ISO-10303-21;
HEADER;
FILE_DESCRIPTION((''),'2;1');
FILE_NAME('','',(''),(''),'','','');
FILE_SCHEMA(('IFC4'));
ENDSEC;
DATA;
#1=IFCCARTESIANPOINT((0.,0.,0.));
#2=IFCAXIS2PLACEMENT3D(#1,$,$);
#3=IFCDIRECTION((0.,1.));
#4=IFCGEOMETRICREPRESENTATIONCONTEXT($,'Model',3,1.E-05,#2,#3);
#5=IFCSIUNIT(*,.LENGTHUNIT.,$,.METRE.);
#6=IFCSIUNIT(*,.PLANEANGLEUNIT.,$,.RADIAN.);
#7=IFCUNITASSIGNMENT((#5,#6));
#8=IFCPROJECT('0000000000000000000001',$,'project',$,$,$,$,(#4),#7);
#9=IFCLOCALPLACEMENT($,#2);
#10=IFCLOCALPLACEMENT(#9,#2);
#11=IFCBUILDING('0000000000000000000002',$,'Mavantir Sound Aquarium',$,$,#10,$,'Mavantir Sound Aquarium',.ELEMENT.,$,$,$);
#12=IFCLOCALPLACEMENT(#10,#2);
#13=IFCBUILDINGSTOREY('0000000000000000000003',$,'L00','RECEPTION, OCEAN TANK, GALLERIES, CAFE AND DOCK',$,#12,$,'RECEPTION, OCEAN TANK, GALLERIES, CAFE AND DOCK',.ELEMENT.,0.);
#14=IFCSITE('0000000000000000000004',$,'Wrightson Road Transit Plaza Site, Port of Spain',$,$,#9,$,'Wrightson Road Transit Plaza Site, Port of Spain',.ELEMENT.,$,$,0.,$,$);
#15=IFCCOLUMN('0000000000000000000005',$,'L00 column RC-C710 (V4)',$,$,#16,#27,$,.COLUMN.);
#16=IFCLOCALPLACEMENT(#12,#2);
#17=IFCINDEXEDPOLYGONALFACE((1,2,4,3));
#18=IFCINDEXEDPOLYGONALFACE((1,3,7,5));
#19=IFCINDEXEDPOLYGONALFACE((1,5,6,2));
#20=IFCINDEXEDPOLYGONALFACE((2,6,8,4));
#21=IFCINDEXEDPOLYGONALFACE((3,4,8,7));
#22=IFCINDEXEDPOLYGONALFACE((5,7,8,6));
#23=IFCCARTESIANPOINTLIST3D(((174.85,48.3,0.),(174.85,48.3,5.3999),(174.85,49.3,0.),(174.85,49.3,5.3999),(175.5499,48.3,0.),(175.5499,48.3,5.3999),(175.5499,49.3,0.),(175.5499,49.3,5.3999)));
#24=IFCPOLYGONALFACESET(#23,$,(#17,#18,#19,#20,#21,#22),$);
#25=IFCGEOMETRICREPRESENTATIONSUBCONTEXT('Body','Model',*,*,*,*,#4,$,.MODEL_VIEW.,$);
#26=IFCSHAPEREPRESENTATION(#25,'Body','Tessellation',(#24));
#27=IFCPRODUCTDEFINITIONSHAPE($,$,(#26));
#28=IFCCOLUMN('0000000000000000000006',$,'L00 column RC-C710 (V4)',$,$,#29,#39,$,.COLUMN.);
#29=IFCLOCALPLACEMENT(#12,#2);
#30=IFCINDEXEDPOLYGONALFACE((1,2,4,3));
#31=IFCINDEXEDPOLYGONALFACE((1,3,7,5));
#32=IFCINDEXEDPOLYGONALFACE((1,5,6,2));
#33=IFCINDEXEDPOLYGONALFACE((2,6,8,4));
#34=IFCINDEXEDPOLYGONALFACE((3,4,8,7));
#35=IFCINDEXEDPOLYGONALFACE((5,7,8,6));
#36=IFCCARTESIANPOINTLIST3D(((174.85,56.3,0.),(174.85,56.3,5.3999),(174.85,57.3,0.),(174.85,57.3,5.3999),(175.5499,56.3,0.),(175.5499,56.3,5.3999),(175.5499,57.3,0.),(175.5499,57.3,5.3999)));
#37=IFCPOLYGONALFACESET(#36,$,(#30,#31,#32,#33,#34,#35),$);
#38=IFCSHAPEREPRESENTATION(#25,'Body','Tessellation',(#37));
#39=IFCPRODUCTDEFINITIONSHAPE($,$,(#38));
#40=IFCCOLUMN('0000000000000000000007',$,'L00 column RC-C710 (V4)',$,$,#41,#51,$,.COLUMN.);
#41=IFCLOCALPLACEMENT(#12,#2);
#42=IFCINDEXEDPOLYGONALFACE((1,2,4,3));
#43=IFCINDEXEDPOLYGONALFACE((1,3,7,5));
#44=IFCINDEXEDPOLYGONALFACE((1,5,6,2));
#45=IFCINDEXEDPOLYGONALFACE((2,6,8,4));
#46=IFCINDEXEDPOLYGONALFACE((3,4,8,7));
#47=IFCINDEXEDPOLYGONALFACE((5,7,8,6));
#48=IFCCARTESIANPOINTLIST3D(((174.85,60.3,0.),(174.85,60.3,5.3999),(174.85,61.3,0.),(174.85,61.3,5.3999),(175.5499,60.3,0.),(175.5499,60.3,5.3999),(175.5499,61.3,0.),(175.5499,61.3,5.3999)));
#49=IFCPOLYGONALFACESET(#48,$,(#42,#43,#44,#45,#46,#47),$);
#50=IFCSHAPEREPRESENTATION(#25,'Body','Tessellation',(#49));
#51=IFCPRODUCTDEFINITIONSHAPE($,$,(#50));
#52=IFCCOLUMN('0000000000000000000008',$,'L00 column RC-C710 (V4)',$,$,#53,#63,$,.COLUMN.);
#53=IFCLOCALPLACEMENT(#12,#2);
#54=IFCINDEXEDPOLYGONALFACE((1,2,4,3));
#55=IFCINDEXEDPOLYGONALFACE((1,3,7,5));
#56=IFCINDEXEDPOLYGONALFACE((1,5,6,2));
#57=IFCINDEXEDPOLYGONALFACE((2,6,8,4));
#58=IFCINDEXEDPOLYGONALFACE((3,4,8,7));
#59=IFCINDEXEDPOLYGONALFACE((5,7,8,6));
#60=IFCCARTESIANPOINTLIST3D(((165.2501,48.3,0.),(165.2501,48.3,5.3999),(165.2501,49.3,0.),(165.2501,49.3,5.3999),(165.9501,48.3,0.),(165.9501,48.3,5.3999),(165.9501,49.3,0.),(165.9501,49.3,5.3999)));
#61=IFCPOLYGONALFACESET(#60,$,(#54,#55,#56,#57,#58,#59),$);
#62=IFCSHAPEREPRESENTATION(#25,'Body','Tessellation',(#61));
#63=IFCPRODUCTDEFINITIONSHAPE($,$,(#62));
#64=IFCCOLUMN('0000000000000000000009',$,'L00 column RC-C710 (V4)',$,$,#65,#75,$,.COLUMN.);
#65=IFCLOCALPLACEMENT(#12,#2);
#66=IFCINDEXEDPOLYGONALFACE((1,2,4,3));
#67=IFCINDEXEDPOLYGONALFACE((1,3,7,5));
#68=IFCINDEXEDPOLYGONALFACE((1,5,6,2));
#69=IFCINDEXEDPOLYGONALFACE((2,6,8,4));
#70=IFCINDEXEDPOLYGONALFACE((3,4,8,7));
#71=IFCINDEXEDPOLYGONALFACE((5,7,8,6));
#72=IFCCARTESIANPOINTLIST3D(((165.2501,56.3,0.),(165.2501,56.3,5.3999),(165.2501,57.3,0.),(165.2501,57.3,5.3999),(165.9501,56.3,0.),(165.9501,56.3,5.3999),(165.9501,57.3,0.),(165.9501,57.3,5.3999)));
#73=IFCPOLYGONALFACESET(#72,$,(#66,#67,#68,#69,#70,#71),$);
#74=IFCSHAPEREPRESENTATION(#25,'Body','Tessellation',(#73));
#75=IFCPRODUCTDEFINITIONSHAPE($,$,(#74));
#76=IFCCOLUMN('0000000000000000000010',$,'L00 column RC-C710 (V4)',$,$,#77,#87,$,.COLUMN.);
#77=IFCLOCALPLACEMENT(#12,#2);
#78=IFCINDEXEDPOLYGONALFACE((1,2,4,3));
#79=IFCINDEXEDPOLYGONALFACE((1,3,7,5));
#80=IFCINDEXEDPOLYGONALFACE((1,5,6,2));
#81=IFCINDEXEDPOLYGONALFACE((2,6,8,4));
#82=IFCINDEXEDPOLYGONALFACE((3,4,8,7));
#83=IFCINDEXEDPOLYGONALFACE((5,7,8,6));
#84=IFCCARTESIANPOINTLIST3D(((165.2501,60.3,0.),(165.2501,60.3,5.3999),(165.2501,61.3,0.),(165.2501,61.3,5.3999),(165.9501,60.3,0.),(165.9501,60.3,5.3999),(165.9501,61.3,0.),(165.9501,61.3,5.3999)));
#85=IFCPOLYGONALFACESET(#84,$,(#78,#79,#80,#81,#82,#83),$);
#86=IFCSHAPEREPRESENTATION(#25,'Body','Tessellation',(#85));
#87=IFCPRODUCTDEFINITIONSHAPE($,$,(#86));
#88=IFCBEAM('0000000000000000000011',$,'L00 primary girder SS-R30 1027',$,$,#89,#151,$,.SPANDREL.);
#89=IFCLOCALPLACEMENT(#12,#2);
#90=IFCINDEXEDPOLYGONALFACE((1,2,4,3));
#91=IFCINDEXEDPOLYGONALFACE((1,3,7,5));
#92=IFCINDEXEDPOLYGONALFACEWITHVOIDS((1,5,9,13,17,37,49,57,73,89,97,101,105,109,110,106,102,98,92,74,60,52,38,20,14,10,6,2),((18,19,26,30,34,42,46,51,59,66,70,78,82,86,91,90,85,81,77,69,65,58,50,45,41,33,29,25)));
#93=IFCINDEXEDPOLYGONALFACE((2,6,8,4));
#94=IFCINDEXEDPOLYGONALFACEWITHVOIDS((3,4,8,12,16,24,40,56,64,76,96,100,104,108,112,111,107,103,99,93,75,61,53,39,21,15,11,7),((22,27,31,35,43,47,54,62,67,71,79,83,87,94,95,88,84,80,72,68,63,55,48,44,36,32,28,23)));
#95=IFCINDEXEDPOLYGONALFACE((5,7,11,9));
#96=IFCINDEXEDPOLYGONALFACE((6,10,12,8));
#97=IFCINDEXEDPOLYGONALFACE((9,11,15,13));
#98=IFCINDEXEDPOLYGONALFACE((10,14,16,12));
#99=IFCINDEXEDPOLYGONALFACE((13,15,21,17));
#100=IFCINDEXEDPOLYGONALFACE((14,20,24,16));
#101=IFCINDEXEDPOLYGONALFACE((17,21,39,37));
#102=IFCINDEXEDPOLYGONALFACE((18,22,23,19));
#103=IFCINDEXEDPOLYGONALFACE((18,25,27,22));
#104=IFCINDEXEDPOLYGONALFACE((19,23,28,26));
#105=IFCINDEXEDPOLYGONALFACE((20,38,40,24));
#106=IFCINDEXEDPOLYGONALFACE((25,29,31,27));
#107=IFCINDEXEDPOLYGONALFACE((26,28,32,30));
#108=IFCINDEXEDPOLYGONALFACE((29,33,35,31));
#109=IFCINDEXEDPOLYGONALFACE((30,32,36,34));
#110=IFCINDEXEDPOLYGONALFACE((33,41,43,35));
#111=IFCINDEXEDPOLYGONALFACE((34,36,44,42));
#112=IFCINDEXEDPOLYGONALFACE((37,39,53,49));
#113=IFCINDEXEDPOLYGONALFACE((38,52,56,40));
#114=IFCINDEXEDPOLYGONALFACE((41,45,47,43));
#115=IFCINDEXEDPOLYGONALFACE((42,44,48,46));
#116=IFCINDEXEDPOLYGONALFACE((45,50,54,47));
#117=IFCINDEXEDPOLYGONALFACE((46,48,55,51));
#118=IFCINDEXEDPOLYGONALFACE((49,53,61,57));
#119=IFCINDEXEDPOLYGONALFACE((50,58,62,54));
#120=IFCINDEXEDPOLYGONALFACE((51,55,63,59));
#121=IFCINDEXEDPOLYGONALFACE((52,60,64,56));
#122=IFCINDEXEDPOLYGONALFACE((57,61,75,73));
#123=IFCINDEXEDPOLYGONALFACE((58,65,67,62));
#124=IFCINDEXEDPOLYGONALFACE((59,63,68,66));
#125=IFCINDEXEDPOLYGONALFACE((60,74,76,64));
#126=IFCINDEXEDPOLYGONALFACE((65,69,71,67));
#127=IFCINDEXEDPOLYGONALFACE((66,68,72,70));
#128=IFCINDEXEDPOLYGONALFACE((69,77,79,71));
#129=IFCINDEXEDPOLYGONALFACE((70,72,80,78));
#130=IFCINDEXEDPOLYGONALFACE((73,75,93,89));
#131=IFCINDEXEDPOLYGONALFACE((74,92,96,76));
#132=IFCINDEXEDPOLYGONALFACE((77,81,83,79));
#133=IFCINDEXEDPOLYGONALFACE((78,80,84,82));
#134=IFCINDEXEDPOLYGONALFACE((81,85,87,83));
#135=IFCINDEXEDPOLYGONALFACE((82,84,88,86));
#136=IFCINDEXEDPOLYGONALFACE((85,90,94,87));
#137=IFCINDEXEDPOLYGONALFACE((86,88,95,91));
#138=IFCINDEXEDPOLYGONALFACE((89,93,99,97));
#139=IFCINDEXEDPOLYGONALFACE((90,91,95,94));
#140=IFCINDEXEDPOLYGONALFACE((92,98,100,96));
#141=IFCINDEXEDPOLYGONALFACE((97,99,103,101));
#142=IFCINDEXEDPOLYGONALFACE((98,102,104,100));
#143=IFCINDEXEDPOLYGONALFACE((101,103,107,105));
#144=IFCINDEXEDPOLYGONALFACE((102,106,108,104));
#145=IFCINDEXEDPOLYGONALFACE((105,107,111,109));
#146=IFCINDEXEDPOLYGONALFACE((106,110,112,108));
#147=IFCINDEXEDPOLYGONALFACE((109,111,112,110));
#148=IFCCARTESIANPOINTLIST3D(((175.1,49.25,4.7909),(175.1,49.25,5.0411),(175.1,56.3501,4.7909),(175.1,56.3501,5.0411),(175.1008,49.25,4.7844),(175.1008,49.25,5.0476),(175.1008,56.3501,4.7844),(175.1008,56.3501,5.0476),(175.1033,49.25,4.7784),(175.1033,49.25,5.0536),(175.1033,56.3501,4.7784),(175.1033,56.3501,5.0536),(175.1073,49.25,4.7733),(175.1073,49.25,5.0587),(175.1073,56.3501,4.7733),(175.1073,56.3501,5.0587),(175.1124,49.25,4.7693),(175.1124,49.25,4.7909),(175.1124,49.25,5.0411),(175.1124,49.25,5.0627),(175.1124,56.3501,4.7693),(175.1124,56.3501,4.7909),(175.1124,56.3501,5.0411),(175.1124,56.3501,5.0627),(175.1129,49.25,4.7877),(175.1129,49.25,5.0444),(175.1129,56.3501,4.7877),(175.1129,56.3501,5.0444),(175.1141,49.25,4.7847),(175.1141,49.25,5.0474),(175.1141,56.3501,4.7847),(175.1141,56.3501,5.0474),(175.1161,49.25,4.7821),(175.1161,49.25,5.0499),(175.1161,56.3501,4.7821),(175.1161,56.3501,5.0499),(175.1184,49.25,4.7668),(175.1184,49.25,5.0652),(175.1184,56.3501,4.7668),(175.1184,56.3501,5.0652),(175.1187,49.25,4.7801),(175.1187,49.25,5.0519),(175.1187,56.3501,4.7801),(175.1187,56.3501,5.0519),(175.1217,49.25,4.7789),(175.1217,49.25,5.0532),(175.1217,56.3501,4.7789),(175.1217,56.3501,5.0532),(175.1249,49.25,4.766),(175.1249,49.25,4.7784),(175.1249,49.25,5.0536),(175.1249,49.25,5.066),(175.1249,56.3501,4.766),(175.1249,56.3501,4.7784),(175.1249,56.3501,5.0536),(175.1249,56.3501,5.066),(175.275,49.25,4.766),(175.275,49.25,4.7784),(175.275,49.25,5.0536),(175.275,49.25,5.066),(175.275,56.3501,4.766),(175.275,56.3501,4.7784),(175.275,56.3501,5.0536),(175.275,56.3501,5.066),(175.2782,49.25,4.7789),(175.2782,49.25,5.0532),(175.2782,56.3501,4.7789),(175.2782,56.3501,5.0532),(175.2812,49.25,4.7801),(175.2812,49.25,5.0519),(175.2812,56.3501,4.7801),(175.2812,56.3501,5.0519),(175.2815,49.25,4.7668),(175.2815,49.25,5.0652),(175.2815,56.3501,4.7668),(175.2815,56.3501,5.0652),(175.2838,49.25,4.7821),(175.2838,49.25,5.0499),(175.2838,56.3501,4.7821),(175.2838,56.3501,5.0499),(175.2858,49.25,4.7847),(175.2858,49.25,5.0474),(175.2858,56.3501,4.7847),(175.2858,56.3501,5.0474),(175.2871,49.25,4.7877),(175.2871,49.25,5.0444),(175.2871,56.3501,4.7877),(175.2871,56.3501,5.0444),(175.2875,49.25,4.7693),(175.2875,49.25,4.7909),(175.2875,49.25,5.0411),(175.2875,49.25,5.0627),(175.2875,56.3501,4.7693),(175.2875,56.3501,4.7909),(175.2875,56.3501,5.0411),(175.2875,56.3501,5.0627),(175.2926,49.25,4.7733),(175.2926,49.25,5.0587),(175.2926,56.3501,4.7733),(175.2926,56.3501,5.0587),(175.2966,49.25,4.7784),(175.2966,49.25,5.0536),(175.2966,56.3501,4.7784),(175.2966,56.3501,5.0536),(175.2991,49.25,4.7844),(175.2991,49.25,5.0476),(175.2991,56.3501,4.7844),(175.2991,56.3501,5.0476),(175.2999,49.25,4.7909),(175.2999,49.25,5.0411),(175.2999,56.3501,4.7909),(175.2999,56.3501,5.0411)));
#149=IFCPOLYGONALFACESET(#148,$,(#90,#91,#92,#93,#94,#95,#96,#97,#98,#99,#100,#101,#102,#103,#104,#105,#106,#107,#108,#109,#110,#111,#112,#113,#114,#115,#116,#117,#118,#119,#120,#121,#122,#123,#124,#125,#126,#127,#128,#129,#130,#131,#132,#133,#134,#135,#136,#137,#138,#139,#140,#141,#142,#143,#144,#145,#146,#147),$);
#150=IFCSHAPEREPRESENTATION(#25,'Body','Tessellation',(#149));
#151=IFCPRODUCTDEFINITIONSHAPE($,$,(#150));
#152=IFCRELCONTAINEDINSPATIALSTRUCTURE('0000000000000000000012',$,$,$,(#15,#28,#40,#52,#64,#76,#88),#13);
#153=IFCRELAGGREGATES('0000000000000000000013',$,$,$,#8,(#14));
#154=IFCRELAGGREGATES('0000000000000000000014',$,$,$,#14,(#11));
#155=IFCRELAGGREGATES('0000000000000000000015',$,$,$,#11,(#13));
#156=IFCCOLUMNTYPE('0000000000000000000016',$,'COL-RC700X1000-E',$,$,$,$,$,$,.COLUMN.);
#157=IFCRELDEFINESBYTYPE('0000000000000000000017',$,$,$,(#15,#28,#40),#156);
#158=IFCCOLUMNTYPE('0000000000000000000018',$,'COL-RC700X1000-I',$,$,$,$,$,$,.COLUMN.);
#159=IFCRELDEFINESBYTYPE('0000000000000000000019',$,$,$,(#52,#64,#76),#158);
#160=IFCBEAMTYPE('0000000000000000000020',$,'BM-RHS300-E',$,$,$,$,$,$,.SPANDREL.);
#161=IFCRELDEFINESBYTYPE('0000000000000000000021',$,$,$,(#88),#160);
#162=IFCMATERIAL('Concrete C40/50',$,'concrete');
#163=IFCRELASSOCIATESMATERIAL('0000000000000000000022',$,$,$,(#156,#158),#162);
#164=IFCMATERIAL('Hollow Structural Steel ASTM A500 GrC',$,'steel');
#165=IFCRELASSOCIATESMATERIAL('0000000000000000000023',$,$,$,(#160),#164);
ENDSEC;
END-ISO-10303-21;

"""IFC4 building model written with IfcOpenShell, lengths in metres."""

from ifc_helpers import new_model, si_unit, direction, frame, origin, origin_2d, place, context, subcontext, project, spatial, rectangle, hollow_rectangle, extrude, material, material_profile, profile_set, type_object, element, save


model = new_model("IFC4")

# Units and contexts
model_context = context("Model", 3, precision=1e-05, world=origin(), true_north=direction((0.0, 1.0)))
body_context = subcontext(model_context, "Body", "Model", "MODEL_VIEW")
ifc_project = project(units=[si_unit("LENGTHUNIT", "METRE"), si_unit("PLANEANGLEUNIT", "RADIAN")], contexts=[model_context])

# Site, building, storey
site_placement = place(None, origin())
site = spatial("IfcSite", under=ifc_project, at=site_placement, Name="Wrightson Road Transit Plaza Site, Port of Spain", LongName="Wrightson Road Transit Plaza Site, Port of Spain", CompositionType="ELEMENT", RefElevation=0.0)
building_placement = place(site_placement, origin())
building = spatial("IfcBuilding", under=site, at=building_placement, Name="Mavantir Sound Aquarium", LongName="Mavantir Sound Aquarium", CompositionType="ELEMENT")
storey_placement = place(building_placement, origin())
storey = spatial("IfcBuildingStorey", under=building, at=storey_placement, Name="L00", Description="RECEPTION, OCEAN TANK, GALLERIES, CAFE AND DOCK", LongName="RECEPTION, OCEAN TANK, GALLERIES, CAFE AND DOCK", CompositionType="ELEMENT", Elevation=0.0)

# Columns
ifc_material_1 = material(Name="Concrete C40/50", Category="concrete")
ifc_material_profile_1 = material_profile(ifc_material_1, rectangle(XDim=0.7, YDim=1.0, at=origin_2d()), Name="RC 700X1000")
ifc_profile_set_1 = profile_set([ifc_material_profile_1], Name="Concrete C40/50")
column_type_1 = type_object("IfcColumnType", Name="COL-RC700X1000-E", PredefinedType="COLUMN", material=ifc_profile_set_1)
for number, where, z_axis, x_axis, name in (
    (1, (175.2, 48.8, 0.0), (0.0, 0.0, 1.0), (1.0, 0.0, 0.0), "L00 column RC-C710 (V4)"),
    (2, (175.2, 56.8, 0.0), (0.0, 0.0, 1.0), (1.0, 0.0, 0.0), "L00 column RC-C710 (V4)"),
    (3, (175.2, 60.8, 0.0), (0.0, 0.0, 1.0), (1.0, 0.0, 0.0), "L00 column RC-C710 (V4)"),
):
    element("IfcColumn", number, at=place(storey_placement, frame(where, z_axis=z_axis, x_axis=x_axis)), inside=storey, type_object=column_type_1, Name=name, PredefinedType="COLUMN", context=body_context, shape_type="SweptSolid", body=[
        extrude(rectangle(XDim=0.7, YDim=1.0, at=origin_2d()), origin(), (0.0, 0.0, 1.0), 5.3999),
    ])
ifc_material_profile_2 = material_profile(ifc_material_1, rectangle(XDim=0.7, YDim=1.0, at=origin_2d()), Name="RC 700X1000")
ifc_profile_set_2 = profile_set([ifc_material_profile_2], Name="Concrete C40/50")
column_type_2 = type_object("IfcColumnType", Name="COL-RC700X1000-I", PredefinedType="COLUMN", material=ifc_profile_set_2)
for number, where, z_axis, x_axis, name in (
    (4, (165.6001, 48.8, 0.0), (0.0, 0.0, 1.0), (1.0, 0.0, 0.0), "L00 column RC-C710 (V4)"),
    (5, (165.6001, 56.8, 0.0), (0.0, 0.0, 1.0), (1.0, 0.0, 0.0), "L00 column RC-C710 (V4)"),
    (6, (165.6001, 60.8, 0.0), (0.0, 0.0, 1.0), (1.0, 0.0, 0.0), "L00 column RC-C710 (V4)"),
):
    element("IfcColumn", number, at=place(storey_placement, frame(where, z_axis=z_axis, x_axis=x_axis)), inside=storey, type_object=column_type_2, Name=name, PredefinedType="COLUMN", context=body_context, shape_type="SweptSolid", body=[
        extrude(rectangle(XDim=0.7, YDim=1.0, at=origin_2d()), origin(), (0.0, 0.0, 1.0), 5.3999),
    ])

# Beam
ifc_material_2 = material(Name="Hollow Structural Steel ASTM A500 GrC", Category="steel")
ifc_material_profile_3 = material_profile(ifc_material_2, hollow_rectangle(XDim=0.2, YDim=0.3, WallThickness=0.0125, InnerFilletRadius=0.0125, OuterFilletRadius=0.0249, at=origin_2d()), Name="RHS 300X200X12.5")
ifc_profile_set_3 = profile_set([ifc_material_profile_3], Name="Hollow Structural Steel ASTM A500 GrC")
beam_type_1 = type_object("IfcBeamType", Name="BM-RHS300-E", PredefinedType="SPANDREL", material=ifc_profile_set_3)
beam_1_placement = place(storey_placement, frame((175.2, 49.25, 4.916), z_axis=(0.0, 1.0, 0.0), x_axis=(-1.0, 0.0, 0.0)))
element("IfcBeam", 7, at=beam_1_placement, inside=storey, type_object=beam_type_1, Name="L00 primary girder SS-R30 1027", PredefinedType="SPANDREL", context=body_context, shape_type="SweptSolid", body=[
    extrude(hollow_rectangle(XDim=0.2, YDim=0.3, WallThickness=0.0125, InnerFilletRadius=0.0125, OuterFilletRadius=0.0249, at=origin_2d()), origin(), (0.0, 0.0, 1.0), 7.1001),
])

save(model, "model.ifc")
